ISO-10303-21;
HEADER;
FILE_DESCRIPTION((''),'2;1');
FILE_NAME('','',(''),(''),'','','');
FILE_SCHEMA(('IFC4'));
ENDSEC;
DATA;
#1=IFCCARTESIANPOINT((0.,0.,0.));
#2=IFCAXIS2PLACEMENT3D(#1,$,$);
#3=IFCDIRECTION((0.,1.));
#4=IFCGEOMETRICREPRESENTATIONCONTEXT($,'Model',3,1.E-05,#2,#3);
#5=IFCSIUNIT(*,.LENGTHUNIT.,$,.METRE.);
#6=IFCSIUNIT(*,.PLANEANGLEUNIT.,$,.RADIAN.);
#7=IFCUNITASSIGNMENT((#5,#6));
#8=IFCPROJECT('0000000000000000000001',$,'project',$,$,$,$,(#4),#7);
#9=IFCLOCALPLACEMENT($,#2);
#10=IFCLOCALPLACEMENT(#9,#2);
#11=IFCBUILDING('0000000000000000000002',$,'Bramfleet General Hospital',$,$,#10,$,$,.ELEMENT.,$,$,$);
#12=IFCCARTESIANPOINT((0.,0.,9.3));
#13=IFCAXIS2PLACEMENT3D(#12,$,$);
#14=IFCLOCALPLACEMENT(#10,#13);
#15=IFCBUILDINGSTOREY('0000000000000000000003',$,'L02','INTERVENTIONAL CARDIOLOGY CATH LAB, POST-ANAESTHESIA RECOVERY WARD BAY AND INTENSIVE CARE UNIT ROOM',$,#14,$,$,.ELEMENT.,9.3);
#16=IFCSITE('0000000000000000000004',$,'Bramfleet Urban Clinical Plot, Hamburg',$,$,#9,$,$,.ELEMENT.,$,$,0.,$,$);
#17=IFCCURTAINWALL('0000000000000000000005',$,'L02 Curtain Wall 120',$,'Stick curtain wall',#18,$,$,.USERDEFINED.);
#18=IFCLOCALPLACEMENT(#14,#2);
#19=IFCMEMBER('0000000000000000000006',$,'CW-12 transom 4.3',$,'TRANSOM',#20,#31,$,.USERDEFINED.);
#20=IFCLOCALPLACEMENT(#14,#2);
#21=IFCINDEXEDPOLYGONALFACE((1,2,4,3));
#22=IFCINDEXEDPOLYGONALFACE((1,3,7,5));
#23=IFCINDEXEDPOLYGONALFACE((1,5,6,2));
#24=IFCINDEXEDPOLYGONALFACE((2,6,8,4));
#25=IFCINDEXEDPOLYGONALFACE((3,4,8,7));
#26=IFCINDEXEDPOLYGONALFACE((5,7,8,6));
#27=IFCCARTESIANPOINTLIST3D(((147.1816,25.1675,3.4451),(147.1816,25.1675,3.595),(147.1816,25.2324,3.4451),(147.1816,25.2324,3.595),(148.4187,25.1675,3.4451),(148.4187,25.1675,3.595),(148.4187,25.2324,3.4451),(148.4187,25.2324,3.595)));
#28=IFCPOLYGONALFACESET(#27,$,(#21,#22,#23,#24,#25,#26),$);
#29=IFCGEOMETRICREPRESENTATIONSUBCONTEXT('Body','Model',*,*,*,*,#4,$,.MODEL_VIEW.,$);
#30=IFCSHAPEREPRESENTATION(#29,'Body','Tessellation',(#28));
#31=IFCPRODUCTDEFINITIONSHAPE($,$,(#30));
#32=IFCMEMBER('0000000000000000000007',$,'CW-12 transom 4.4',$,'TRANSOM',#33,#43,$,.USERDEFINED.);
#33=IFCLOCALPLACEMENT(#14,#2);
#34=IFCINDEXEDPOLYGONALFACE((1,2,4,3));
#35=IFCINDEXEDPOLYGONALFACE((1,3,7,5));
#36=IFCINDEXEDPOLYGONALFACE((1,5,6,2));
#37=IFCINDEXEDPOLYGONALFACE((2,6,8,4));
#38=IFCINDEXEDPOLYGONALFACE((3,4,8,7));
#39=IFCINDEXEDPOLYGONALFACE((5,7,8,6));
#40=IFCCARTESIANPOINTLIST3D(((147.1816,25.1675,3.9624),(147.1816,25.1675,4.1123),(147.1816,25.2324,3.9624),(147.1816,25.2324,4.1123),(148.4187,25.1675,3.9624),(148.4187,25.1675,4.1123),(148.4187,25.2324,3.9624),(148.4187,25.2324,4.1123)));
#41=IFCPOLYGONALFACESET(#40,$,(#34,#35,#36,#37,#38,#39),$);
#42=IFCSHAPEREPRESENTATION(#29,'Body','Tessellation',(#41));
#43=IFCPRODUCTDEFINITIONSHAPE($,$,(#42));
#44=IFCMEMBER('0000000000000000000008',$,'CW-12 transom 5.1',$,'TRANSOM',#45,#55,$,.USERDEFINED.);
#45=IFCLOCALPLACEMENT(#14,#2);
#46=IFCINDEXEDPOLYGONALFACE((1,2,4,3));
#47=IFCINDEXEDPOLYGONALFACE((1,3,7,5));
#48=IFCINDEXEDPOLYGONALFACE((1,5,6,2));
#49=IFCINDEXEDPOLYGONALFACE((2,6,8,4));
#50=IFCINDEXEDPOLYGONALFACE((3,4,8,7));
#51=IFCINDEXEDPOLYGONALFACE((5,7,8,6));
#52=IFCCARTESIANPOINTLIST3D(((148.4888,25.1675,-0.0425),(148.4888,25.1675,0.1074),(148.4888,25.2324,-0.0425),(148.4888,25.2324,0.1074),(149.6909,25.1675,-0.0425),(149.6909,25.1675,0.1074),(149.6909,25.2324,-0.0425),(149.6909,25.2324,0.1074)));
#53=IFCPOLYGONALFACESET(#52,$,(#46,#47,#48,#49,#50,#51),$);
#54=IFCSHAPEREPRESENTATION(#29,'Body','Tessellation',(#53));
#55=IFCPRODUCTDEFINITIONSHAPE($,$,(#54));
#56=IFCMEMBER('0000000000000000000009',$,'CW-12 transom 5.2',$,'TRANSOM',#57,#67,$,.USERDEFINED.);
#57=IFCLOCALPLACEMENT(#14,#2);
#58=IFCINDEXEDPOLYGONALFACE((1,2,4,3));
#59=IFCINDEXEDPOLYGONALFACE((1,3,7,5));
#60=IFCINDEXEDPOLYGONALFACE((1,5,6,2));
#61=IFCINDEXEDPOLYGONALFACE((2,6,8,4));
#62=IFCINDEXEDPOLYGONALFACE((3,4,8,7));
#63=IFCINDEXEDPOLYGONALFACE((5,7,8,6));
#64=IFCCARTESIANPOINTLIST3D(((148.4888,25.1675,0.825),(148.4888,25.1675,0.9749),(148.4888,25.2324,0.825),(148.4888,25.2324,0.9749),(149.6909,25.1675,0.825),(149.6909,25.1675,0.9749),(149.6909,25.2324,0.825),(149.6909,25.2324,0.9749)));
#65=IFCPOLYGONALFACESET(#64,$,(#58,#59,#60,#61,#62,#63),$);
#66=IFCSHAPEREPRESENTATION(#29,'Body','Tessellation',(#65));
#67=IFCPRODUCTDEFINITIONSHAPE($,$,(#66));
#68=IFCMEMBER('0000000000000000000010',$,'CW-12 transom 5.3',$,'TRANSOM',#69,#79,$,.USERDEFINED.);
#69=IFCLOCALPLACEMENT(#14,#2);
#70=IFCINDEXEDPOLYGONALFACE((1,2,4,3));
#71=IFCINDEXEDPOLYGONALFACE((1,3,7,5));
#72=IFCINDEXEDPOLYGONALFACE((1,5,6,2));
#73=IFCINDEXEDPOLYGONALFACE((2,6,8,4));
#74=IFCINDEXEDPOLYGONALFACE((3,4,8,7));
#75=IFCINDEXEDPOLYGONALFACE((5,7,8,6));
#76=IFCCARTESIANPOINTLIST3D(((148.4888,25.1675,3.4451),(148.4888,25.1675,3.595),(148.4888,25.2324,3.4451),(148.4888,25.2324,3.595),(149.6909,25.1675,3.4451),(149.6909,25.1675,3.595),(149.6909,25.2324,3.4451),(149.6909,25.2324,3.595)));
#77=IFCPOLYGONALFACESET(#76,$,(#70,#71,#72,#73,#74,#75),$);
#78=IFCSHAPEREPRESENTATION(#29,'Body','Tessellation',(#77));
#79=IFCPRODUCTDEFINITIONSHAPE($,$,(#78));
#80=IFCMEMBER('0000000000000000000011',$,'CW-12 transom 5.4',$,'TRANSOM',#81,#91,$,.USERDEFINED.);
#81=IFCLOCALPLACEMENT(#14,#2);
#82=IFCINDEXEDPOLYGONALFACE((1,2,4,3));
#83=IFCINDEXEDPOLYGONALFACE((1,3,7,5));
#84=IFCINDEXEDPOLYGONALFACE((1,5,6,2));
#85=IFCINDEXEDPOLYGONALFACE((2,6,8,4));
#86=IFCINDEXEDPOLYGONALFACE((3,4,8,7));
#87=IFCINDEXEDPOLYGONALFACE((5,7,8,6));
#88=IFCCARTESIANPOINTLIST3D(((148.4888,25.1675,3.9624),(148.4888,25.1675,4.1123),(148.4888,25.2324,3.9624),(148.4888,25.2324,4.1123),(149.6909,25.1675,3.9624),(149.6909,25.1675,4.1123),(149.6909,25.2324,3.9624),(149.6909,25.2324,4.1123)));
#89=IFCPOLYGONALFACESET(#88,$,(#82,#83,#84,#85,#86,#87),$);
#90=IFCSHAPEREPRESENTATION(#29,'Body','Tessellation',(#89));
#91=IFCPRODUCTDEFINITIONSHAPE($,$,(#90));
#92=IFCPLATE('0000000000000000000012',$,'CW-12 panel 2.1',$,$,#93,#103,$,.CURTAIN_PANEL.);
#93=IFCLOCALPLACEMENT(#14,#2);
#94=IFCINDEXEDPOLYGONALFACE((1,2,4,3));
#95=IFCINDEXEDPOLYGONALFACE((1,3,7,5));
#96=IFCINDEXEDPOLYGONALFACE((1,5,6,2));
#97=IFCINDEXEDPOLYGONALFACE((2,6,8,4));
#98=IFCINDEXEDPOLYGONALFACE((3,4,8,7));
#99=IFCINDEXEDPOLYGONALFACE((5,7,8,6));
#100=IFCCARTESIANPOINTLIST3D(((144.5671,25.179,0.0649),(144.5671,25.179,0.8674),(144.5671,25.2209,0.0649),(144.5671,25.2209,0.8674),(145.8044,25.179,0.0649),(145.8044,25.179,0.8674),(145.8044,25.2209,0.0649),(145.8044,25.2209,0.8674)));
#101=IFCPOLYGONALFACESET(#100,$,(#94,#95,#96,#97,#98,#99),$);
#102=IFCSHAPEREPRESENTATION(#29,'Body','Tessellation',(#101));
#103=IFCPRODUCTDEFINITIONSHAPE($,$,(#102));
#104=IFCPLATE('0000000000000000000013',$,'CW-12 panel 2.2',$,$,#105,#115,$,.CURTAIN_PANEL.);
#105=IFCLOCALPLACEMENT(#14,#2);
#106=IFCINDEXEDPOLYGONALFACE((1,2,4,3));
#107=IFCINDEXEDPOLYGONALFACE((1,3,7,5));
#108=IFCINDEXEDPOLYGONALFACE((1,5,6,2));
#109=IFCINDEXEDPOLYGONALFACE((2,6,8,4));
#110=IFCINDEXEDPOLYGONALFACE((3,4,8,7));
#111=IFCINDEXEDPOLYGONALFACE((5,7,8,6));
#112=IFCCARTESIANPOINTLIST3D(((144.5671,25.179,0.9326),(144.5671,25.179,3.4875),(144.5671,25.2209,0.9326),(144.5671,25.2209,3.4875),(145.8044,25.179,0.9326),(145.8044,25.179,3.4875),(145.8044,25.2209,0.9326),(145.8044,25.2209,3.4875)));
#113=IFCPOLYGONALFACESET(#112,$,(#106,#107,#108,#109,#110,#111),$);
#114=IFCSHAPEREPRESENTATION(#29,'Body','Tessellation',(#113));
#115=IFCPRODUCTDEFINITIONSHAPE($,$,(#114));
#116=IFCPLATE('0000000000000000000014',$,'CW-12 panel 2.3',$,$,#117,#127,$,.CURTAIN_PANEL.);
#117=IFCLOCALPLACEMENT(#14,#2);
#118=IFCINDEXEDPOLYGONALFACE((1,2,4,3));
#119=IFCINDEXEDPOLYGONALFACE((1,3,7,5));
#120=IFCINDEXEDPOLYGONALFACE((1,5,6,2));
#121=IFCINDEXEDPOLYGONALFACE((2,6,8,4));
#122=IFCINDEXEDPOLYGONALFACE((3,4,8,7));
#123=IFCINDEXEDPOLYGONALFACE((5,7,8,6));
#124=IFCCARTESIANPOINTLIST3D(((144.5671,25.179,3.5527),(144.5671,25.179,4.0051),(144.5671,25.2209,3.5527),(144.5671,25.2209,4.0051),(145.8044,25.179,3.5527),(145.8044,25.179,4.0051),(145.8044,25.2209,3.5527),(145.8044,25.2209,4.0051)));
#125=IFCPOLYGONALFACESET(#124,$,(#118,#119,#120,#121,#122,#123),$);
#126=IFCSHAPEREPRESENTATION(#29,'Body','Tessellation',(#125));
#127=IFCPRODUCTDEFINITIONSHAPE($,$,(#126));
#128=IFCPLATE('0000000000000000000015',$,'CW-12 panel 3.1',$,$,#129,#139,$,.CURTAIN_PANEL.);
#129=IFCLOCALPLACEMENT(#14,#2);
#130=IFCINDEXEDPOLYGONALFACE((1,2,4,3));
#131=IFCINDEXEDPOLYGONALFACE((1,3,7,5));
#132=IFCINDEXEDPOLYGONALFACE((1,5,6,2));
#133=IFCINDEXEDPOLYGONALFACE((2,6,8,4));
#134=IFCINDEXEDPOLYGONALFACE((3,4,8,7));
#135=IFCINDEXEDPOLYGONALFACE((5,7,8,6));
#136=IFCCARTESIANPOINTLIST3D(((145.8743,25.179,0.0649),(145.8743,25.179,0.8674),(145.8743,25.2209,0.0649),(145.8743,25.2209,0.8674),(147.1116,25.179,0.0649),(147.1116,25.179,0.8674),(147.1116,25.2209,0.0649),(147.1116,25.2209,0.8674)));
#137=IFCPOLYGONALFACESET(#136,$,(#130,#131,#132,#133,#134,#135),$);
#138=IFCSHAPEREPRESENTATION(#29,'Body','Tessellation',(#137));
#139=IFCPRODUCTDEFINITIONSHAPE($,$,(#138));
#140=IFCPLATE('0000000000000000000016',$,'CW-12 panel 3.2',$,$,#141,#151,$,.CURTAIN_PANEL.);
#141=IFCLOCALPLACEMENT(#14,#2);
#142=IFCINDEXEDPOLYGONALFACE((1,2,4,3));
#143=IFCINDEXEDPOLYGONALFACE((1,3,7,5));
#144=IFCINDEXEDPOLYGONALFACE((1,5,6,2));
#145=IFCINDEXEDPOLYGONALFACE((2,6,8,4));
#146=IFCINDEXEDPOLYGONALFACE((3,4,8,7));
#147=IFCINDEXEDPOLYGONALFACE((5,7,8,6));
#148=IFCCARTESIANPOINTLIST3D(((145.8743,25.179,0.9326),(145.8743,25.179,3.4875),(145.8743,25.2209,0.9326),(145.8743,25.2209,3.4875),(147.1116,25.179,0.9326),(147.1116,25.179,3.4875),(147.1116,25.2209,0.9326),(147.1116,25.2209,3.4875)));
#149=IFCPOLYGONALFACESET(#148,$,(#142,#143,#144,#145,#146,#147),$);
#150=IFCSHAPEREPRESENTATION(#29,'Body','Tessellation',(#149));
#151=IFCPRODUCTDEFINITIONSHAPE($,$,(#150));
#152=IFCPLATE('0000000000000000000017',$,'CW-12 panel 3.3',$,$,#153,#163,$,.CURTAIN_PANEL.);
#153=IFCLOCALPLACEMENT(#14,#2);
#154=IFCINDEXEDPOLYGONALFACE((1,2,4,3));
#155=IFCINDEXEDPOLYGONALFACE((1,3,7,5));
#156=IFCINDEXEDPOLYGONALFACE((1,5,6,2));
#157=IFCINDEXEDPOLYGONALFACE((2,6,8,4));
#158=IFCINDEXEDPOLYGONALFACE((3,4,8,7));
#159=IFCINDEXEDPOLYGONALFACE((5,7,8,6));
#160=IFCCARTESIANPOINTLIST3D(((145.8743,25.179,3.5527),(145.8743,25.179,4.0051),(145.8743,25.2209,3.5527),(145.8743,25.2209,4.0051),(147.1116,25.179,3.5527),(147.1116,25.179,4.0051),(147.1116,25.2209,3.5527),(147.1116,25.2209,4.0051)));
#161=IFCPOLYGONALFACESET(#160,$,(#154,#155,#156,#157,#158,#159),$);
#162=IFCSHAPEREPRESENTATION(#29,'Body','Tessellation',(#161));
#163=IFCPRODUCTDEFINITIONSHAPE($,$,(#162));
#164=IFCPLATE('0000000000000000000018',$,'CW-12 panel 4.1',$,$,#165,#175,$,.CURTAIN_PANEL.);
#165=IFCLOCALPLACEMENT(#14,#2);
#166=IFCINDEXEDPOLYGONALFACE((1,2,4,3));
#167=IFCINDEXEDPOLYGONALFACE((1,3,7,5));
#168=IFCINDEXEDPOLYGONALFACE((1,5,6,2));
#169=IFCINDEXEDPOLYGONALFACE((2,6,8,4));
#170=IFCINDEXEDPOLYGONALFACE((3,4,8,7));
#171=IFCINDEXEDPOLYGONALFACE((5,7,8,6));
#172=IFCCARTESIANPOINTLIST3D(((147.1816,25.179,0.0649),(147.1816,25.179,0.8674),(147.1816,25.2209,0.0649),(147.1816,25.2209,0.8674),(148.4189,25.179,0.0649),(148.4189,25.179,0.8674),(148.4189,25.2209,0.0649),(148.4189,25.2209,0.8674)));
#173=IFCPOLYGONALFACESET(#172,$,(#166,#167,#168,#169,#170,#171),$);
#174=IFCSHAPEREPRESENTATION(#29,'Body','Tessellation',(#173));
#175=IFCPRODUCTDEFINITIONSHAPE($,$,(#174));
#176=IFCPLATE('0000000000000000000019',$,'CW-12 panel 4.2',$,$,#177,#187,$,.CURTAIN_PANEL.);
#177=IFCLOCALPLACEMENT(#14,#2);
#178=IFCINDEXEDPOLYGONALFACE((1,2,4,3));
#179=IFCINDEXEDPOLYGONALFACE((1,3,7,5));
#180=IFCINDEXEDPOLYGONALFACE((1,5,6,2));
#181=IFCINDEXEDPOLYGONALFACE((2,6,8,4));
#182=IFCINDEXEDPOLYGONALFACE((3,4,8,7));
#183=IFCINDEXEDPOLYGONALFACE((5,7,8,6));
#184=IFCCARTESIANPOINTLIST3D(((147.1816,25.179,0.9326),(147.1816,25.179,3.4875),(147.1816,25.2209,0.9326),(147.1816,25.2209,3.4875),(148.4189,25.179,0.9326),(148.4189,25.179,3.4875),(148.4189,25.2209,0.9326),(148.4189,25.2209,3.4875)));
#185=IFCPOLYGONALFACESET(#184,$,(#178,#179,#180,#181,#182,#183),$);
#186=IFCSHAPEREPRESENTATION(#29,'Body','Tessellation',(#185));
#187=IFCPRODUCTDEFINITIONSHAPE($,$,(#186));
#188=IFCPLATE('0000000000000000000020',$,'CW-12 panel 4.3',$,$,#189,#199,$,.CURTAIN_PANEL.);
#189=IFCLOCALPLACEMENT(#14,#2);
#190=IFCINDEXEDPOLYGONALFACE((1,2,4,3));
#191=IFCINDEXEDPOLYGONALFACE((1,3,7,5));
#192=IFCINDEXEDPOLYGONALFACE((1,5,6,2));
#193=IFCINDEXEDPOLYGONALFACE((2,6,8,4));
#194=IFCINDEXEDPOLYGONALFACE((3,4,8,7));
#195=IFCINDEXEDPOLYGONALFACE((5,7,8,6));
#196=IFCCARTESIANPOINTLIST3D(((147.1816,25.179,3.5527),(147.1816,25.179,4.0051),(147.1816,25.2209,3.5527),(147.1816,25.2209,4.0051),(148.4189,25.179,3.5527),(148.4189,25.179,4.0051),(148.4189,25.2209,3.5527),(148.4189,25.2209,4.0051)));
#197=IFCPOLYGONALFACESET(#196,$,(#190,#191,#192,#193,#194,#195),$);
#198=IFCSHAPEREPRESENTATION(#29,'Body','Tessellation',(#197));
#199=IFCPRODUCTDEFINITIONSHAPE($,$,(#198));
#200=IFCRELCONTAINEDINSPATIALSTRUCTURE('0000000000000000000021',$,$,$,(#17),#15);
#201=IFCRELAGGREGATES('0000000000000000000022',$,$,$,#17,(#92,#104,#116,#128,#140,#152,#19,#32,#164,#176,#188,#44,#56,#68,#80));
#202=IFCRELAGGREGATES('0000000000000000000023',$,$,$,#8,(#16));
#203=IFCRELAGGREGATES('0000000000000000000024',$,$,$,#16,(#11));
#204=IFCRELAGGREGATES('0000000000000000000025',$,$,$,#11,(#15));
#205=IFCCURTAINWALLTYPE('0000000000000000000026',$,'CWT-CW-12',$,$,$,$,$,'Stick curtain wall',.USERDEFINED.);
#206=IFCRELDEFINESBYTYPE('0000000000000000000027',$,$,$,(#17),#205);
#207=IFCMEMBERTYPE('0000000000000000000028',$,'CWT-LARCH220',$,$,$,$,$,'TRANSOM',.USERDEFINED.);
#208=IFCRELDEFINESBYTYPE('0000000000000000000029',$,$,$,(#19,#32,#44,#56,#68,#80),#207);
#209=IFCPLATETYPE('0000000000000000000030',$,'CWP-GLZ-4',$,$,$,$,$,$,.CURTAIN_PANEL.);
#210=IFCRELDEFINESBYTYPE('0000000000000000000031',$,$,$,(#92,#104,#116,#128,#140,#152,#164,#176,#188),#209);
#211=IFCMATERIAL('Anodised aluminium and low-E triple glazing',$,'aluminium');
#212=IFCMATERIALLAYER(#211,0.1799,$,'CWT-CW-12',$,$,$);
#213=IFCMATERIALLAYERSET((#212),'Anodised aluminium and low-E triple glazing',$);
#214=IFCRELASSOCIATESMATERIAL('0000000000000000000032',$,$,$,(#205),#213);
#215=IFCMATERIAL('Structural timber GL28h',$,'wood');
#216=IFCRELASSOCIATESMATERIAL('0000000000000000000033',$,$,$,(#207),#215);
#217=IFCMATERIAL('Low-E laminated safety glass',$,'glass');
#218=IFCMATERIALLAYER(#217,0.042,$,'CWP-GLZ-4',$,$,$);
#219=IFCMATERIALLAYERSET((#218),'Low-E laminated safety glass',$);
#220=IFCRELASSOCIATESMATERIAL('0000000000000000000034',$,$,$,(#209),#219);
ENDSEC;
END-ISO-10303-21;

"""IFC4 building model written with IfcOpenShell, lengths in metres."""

from ifc_helpers import new_model, si_unit, direction, frame, origin, origin_2d, place, context, subcontext, project, spatial, rectangle, extrude, material, layer, layer_set, material_profile, profile_set, type_object, element, aggregate, save


model = new_model("IFC4")

# Units and contexts
model_context = context("Model", 3, precision=1e-05, world=origin(), true_north=direction((0.0, 1.0)))
body_context = subcontext(model_context, "Body", "Model", "MODEL_VIEW")
ifc_project = project(units=[si_unit("LENGTHUNIT", "METRE"), si_unit("PLANEANGLEUNIT", "RADIAN")], contexts=[model_context])

# Site, building, storey
site_placement = place(None, origin())
site = spatial("IfcSite", under=ifc_project, at=site_placement, Name="Bramfleet Urban Clinical Plot, Hamburg", CompositionType="ELEMENT", RefElevation=0.0)
building_placement = place(site_placement, origin())
building = spatial("IfcBuilding", under=site, at=building_placement, Name="Bramfleet General Hospital", CompositionType="ELEMENT")
storey_placement = place(building_placement, frame((0.0, 0.0, 9.3)))
storey = spatial("IfcBuildingStorey", under=building, at=storey_placement, Name="L02", Description="INTERVENTIONAL CARDIOLOGY CATH LAB, POST-ANAESTHESIA RECOVERY WARD BAY AND INTENSIVE CARE UNIT ROOM", CompositionType="ELEMENT", Elevation=9.3)

# Curtain wall, members, plates
ifc_material_1 = material(Name="Anodised aluminium and low-E triple glazing", Category="aluminium")
ifc_layer_1 = layer(ifc_material_1, 0.1799, Name="CWT-CW-12")
ifc_layer_set_1 = layer_set([ifc_layer_1], Name="Anodised aluminium and low-E triple glazing")
curtain_wall_type = type_object("IfcCurtainWallType", Name="CWT-CW-12", ElementType="Stick curtain wall", PredefinedType="USERDEFINED", material=ifc_layer_set_1)
curtain_wall_placement = place(storey_placement, origin())
curtain_wall = element("IfcCurtainWall", 1, at=curtain_wall_placement, inside=storey, type_object=curtain_wall_type, Name="L02 Curtain Wall 120", ObjectType="Stick curtain wall", PredefinedType="USERDEFINED")
ifc_material_2 = material(Name="Structural timber GL28h", Category="wood")
ifc_material_profile_1 = material_profile(ifc_material_2, rectangle(XDim=0.0649, YDim=0.1499, at=origin_2d()), Name="LARCH 150x65")
ifc_profile_set_1 = profile_set([ifc_material_profile_1], Name="Structural timber GL28h")
member_type_1 = type_object("IfcMemberType", Name="CWT-LARCH220", ElementType="TRANSOM", PredefinedType="USERDEFINED", material=ifc_profile_set_1)
member_1_placement = place(storey_placement, frame((147.1816, 25.2, 3.52), z_axis=(1.0, 0.0, 0.0), x_axis=(0.0, 1.0, 0.0)))
member_1 = element("IfcMember", 2, at=member_1_placement, type_object=member_type_1, Name="CW-12 transom 4.3", ObjectType="TRANSOM", PredefinedType="USERDEFINED", context=body_context, shape_type="SweptSolid", body=[
    extrude(rectangle(XDim=0.0649, YDim=0.1499, at=origin_2d()), origin(), (0.0, 0.0, 1.0), 1.2371),
])
member_2_placement = place(storey_placement, frame((147.1816, 25.2, 4.0374), z_axis=(1.0, 0.0, 0.0), x_axis=(0.0, 1.0, 0.0)))
member_2 = element("IfcMember", 3, at=member_2_placement, type_object=member_type_1, Name="CW-12 transom 4.4", ObjectType="TRANSOM", PredefinedType="USERDEFINED", context=body_context, shape_type="SweptSolid", body=[
    extrude(rectangle(XDim=0.0649, YDim=0.1499, at=origin_2d()), origin(), (0.0, 0.0, 1.0), 1.2371),
])
member_3_placement = place(storey_placement, frame((148.4888, 25.2, 0.0325), z_axis=(1.0, 0.0, 0.0), x_axis=(0.0, 1.0, 0.0)))
member_3 = element("IfcMember", 4, at=member_3_placement, type_object=member_type_1, Name="CW-12 transom 5.1", ObjectType="TRANSOM", PredefinedType="USERDEFINED", context=body_context, shape_type="SweptSolid", body=[
    extrude(rectangle(XDim=0.0649, YDim=0.1499, at=origin_2d()), origin(), (0.0, 0.0, 1.0), 1.2021),
])
member_4_placement = place(storey_placement, frame((148.4888, 25.2, 0.8999), z_axis=(1.0, 0.0, 0.0), x_axis=(0.0, 1.0, 0.0)))
member_4 = element("IfcMember", 5, at=member_4_placement, type_object=member_type_1, Name="CW-12 transom 5.2", ObjectType="TRANSOM", PredefinedType="USERDEFINED", context=body_context, shape_type="SweptSolid", body=[
    extrude(rectangle(XDim=0.0649, YDim=0.1499, at=origin_2d()), origin(), (0.0, 0.0, 1.0), 1.2021),
])
member_5_placement = place(storey_placement, frame((148.4888, 25.2, 3.52), z_axis=(1.0, 0.0, 0.0), x_axis=(0.0, 1.0, 0.0)))
member_5 = element("IfcMember", 6, at=member_5_placement, type_object=member_type_1, Name="CW-12 transom 5.3", ObjectType="TRANSOM", PredefinedType="USERDEFINED", context=body_context, shape_type="SweptSolid", body=[
    extrude(rectangle(XDim=0.0649, YDim=0.1499, at=origin_2d()), origin(), (0.0, 0.0, 1.0), 1.2021),
])
member_6_placement = place(storey_placement, frame((148.4888, 25.2, 4.0374), z_axis=(1.0, 0.0, 0.0), x_axis=(0.0, 1.0, 0.0)))
member_6 = element("IfcMember", 7, at=member_6_placement, type_object=member_type_1, Name="CW-12 transom 5.4", ObjectType="TRANSOM", PredefinedType="USERDEFINED", context=body_context, shape_type="SweptSolid", body=[
    extrude(rectangle(XDim=0.0649, YDim=0.1499, at=origin_2d()), origin(), (0.0, 0.0, 1.0), 1.2021),
])
ifc_material_3 = material(Name="Low-E laminated safety glass", Category="glass")
ifc_layer_2 = layer(ifc_material_3, 0.042, Name="CWP-GLZ-4")
ifc_layer_set_2 = layer_set([ifc_layer_2], Name="Low-E laminated safety glass")
plate_type = type_object("IfcPlateType", Name="CWP-GLZ-4", PredefinedType="CURTAIN_PANEL", material=ifc_layer_set_2)
plate_1_placement = place(storey_placement, frame((145.1858, 25.2, 0.0649), z_axis=(0.0, 0.0, 1.0), x_axis=(1.0, 0.0, 0.0)))
plate_1 = element("IfcPlate", 8, at=plate_1_placement, type_object=plate_type, Name="CW-12 panel 2.1", PredefinedType="CURTAIN_PANEL", context=body_context, shape_type="SweptSolid", body=[
    extrude(rectangle(XDim=1.2373, YDim=0.042, at=origin_2d()), origin(), (0.0, 0.0, 1.0), 0.8025),
])
plate_2_placement = place(storey_placement, frame((145.1858, 25.2, 0.9326), z_axis=(0.0, 0.0, 1.0), x_axis=(1.0, 0.0, 0.0)))
plate_2 = element("IfcPlate", 9, at=plate_2_placement, type_object=plate_type, Name="CW-12 panel 2.2", PredefinedType="CURTAIN_PANEL", context=body_context, shape_type="SweptSolid", body=[
    extrude(rectangle(XDim=1.2373, YDim=0.042, at=origin_2d()), origin(), (0.0, 0.0, 1.0), 2.5549),
])
plate_3_placement = place(storey_placement, frame((145.1858, 25.2, 3.5527), z_axis=(0.0, 0.0, 1.0), x_axis=(1.0, 0.0, 0.0)))
plate_3 = element("IfcPlate", 10, at=plate_3_placement, type_object=plate_type, Name="CW-12 panel 2.3", PredefinedType="CURTAIN_PANEL", context=body_context, shape_type="SweptSolid", body=[
    extrude(rectangle(XDim=1.2373, YDim=0.042, at=origin_2d()), origin(), (0.0, 0.0, 1.0), 0.4524),
])
plate_4_placement = place(storey_placement, frame((146.4929, 25.2, 0.0649), z_axis=(0.0, 0.0, 1.0), x_axis=(1.0, 0.0, 0.0)))
plate_4 = element("IfcPlate", 11, at=plate_4_placement, type_object=plate_type, Name="CW-12 panel 3.1", PredefinedType="CURTAIN_PANEL", context=body_context, shape_type="SweptSolid", body=[
    extrude(rectangle(XDim=1.2373, YDim=0.042, at=origin_2d()), origin(), (0.0, 0.0, 1.0), 0.8025),
])
plate_5_placement = place(storey_placement, frame((146.4929, 25.2, 0.9326), z_axis=(0.0, 0.0, 1.0), x_axis=(1.0, 0.0, 0.0)))
plate_5 = element("IfcPlate", 12, at=plate_5_placement, type_object=plate_type, Name="CW-12 panel 3.2", PredefinedType="CURTAIN_PANEL", context=body_context, shape_type="SweptSolid", body=[
    extrude(rectangle(XDim=1.2373, YDim=0.042, at=origin_2d()), origin(), (0.0, 0.0, 1.0), 2.5549),
])
plate_6_placement = place(storey_placement, frame((146.4929, 25.2, 3.5527), z_axis=(0.0, 0.0, 1.0), x_axis=(1.0, 0.0, 0.0)))
plate_6 = element("IfcPlate", 13, at=plate_6_placement, type_object=plate_type, Name="CW-12 panel 3.3", PredefinedType="CURTAIN_PANEL", context=body_context, shape_type="SweptSolid", body=[
    extrude(rectangle(XDim=1.2373, YDim=0.042, at=origin_2d()), origin(), (0.0, 0.0, 1.0), 0.4524),
])
plate_7_placement = place(storey_placement, frame((147.8003, 25.2, 0.0649), z_axis=(0.0, 0.0, 1.0), x_axis=(1.0, 0.0, 0.0)))
plate_7 = element("IfcPlate", 14, at=plate_7_placement, type_object=plate_type, Name="CW-12 panel 4.1", PredefinedType="CURTAIN_PANEL", context=body_context, shape_type="SweptSolid", body=[
    extrude(rectangle(XDim=1.2373, YDim=0.042, at=origin_2d()), origin(), (0.0, 0.0, 1.0), 0.8025),
])
plate_8_placement = place(storey_placement, frame((147.8003, 25.2, 0.9326), z_axis=(0.0, 0.0, 1.0), x_axis=(1.0, 0.0, 0.0)))
plate_8 = element("IfcPlate", 15, at=plate_8_placement, type_object=plate_type, Name="CW-12 panel 4.2", PredefinedType="CURTAIN_PANEL", context=body_context, shape_type="SweptSolid", body=[
    extrude(rectangle(XDim=1.2373, YDim=0.042, at=origin_2d()), origin(), (0.0, 0.0, 1.0), 2.5549),
])
plate_9_placement = place(storey_placement, frame((147.8003, 25.2, 3.5527), z_axis=(0.0, 0.0, 1.0), x_axis=(1.0, 0.0, 0.0)))
plate_9 = element("IfcPlate", 16, at=plate_9_placement, type_object=plate_type, Name="CW-12 panel 4.3", PredefinedType="CURTAIN_PANEL", context=body_context, shape_type="SweptSolid", body=[
    extrude(rectangle(XDim=1.2373, YDim=0.042, at=origin_2d()), origin(), (0.0, 0.0, 1.0), 0.4524),
])
aggregate(curtain_wall, [plate_1, plate_2, plate_3, plate_4, plate_5, plate_6, member_1, member_2, plate_7, plate_8, plate_9, member_3, member_4, member_5, member_6])

save(model, "model.ifc")
